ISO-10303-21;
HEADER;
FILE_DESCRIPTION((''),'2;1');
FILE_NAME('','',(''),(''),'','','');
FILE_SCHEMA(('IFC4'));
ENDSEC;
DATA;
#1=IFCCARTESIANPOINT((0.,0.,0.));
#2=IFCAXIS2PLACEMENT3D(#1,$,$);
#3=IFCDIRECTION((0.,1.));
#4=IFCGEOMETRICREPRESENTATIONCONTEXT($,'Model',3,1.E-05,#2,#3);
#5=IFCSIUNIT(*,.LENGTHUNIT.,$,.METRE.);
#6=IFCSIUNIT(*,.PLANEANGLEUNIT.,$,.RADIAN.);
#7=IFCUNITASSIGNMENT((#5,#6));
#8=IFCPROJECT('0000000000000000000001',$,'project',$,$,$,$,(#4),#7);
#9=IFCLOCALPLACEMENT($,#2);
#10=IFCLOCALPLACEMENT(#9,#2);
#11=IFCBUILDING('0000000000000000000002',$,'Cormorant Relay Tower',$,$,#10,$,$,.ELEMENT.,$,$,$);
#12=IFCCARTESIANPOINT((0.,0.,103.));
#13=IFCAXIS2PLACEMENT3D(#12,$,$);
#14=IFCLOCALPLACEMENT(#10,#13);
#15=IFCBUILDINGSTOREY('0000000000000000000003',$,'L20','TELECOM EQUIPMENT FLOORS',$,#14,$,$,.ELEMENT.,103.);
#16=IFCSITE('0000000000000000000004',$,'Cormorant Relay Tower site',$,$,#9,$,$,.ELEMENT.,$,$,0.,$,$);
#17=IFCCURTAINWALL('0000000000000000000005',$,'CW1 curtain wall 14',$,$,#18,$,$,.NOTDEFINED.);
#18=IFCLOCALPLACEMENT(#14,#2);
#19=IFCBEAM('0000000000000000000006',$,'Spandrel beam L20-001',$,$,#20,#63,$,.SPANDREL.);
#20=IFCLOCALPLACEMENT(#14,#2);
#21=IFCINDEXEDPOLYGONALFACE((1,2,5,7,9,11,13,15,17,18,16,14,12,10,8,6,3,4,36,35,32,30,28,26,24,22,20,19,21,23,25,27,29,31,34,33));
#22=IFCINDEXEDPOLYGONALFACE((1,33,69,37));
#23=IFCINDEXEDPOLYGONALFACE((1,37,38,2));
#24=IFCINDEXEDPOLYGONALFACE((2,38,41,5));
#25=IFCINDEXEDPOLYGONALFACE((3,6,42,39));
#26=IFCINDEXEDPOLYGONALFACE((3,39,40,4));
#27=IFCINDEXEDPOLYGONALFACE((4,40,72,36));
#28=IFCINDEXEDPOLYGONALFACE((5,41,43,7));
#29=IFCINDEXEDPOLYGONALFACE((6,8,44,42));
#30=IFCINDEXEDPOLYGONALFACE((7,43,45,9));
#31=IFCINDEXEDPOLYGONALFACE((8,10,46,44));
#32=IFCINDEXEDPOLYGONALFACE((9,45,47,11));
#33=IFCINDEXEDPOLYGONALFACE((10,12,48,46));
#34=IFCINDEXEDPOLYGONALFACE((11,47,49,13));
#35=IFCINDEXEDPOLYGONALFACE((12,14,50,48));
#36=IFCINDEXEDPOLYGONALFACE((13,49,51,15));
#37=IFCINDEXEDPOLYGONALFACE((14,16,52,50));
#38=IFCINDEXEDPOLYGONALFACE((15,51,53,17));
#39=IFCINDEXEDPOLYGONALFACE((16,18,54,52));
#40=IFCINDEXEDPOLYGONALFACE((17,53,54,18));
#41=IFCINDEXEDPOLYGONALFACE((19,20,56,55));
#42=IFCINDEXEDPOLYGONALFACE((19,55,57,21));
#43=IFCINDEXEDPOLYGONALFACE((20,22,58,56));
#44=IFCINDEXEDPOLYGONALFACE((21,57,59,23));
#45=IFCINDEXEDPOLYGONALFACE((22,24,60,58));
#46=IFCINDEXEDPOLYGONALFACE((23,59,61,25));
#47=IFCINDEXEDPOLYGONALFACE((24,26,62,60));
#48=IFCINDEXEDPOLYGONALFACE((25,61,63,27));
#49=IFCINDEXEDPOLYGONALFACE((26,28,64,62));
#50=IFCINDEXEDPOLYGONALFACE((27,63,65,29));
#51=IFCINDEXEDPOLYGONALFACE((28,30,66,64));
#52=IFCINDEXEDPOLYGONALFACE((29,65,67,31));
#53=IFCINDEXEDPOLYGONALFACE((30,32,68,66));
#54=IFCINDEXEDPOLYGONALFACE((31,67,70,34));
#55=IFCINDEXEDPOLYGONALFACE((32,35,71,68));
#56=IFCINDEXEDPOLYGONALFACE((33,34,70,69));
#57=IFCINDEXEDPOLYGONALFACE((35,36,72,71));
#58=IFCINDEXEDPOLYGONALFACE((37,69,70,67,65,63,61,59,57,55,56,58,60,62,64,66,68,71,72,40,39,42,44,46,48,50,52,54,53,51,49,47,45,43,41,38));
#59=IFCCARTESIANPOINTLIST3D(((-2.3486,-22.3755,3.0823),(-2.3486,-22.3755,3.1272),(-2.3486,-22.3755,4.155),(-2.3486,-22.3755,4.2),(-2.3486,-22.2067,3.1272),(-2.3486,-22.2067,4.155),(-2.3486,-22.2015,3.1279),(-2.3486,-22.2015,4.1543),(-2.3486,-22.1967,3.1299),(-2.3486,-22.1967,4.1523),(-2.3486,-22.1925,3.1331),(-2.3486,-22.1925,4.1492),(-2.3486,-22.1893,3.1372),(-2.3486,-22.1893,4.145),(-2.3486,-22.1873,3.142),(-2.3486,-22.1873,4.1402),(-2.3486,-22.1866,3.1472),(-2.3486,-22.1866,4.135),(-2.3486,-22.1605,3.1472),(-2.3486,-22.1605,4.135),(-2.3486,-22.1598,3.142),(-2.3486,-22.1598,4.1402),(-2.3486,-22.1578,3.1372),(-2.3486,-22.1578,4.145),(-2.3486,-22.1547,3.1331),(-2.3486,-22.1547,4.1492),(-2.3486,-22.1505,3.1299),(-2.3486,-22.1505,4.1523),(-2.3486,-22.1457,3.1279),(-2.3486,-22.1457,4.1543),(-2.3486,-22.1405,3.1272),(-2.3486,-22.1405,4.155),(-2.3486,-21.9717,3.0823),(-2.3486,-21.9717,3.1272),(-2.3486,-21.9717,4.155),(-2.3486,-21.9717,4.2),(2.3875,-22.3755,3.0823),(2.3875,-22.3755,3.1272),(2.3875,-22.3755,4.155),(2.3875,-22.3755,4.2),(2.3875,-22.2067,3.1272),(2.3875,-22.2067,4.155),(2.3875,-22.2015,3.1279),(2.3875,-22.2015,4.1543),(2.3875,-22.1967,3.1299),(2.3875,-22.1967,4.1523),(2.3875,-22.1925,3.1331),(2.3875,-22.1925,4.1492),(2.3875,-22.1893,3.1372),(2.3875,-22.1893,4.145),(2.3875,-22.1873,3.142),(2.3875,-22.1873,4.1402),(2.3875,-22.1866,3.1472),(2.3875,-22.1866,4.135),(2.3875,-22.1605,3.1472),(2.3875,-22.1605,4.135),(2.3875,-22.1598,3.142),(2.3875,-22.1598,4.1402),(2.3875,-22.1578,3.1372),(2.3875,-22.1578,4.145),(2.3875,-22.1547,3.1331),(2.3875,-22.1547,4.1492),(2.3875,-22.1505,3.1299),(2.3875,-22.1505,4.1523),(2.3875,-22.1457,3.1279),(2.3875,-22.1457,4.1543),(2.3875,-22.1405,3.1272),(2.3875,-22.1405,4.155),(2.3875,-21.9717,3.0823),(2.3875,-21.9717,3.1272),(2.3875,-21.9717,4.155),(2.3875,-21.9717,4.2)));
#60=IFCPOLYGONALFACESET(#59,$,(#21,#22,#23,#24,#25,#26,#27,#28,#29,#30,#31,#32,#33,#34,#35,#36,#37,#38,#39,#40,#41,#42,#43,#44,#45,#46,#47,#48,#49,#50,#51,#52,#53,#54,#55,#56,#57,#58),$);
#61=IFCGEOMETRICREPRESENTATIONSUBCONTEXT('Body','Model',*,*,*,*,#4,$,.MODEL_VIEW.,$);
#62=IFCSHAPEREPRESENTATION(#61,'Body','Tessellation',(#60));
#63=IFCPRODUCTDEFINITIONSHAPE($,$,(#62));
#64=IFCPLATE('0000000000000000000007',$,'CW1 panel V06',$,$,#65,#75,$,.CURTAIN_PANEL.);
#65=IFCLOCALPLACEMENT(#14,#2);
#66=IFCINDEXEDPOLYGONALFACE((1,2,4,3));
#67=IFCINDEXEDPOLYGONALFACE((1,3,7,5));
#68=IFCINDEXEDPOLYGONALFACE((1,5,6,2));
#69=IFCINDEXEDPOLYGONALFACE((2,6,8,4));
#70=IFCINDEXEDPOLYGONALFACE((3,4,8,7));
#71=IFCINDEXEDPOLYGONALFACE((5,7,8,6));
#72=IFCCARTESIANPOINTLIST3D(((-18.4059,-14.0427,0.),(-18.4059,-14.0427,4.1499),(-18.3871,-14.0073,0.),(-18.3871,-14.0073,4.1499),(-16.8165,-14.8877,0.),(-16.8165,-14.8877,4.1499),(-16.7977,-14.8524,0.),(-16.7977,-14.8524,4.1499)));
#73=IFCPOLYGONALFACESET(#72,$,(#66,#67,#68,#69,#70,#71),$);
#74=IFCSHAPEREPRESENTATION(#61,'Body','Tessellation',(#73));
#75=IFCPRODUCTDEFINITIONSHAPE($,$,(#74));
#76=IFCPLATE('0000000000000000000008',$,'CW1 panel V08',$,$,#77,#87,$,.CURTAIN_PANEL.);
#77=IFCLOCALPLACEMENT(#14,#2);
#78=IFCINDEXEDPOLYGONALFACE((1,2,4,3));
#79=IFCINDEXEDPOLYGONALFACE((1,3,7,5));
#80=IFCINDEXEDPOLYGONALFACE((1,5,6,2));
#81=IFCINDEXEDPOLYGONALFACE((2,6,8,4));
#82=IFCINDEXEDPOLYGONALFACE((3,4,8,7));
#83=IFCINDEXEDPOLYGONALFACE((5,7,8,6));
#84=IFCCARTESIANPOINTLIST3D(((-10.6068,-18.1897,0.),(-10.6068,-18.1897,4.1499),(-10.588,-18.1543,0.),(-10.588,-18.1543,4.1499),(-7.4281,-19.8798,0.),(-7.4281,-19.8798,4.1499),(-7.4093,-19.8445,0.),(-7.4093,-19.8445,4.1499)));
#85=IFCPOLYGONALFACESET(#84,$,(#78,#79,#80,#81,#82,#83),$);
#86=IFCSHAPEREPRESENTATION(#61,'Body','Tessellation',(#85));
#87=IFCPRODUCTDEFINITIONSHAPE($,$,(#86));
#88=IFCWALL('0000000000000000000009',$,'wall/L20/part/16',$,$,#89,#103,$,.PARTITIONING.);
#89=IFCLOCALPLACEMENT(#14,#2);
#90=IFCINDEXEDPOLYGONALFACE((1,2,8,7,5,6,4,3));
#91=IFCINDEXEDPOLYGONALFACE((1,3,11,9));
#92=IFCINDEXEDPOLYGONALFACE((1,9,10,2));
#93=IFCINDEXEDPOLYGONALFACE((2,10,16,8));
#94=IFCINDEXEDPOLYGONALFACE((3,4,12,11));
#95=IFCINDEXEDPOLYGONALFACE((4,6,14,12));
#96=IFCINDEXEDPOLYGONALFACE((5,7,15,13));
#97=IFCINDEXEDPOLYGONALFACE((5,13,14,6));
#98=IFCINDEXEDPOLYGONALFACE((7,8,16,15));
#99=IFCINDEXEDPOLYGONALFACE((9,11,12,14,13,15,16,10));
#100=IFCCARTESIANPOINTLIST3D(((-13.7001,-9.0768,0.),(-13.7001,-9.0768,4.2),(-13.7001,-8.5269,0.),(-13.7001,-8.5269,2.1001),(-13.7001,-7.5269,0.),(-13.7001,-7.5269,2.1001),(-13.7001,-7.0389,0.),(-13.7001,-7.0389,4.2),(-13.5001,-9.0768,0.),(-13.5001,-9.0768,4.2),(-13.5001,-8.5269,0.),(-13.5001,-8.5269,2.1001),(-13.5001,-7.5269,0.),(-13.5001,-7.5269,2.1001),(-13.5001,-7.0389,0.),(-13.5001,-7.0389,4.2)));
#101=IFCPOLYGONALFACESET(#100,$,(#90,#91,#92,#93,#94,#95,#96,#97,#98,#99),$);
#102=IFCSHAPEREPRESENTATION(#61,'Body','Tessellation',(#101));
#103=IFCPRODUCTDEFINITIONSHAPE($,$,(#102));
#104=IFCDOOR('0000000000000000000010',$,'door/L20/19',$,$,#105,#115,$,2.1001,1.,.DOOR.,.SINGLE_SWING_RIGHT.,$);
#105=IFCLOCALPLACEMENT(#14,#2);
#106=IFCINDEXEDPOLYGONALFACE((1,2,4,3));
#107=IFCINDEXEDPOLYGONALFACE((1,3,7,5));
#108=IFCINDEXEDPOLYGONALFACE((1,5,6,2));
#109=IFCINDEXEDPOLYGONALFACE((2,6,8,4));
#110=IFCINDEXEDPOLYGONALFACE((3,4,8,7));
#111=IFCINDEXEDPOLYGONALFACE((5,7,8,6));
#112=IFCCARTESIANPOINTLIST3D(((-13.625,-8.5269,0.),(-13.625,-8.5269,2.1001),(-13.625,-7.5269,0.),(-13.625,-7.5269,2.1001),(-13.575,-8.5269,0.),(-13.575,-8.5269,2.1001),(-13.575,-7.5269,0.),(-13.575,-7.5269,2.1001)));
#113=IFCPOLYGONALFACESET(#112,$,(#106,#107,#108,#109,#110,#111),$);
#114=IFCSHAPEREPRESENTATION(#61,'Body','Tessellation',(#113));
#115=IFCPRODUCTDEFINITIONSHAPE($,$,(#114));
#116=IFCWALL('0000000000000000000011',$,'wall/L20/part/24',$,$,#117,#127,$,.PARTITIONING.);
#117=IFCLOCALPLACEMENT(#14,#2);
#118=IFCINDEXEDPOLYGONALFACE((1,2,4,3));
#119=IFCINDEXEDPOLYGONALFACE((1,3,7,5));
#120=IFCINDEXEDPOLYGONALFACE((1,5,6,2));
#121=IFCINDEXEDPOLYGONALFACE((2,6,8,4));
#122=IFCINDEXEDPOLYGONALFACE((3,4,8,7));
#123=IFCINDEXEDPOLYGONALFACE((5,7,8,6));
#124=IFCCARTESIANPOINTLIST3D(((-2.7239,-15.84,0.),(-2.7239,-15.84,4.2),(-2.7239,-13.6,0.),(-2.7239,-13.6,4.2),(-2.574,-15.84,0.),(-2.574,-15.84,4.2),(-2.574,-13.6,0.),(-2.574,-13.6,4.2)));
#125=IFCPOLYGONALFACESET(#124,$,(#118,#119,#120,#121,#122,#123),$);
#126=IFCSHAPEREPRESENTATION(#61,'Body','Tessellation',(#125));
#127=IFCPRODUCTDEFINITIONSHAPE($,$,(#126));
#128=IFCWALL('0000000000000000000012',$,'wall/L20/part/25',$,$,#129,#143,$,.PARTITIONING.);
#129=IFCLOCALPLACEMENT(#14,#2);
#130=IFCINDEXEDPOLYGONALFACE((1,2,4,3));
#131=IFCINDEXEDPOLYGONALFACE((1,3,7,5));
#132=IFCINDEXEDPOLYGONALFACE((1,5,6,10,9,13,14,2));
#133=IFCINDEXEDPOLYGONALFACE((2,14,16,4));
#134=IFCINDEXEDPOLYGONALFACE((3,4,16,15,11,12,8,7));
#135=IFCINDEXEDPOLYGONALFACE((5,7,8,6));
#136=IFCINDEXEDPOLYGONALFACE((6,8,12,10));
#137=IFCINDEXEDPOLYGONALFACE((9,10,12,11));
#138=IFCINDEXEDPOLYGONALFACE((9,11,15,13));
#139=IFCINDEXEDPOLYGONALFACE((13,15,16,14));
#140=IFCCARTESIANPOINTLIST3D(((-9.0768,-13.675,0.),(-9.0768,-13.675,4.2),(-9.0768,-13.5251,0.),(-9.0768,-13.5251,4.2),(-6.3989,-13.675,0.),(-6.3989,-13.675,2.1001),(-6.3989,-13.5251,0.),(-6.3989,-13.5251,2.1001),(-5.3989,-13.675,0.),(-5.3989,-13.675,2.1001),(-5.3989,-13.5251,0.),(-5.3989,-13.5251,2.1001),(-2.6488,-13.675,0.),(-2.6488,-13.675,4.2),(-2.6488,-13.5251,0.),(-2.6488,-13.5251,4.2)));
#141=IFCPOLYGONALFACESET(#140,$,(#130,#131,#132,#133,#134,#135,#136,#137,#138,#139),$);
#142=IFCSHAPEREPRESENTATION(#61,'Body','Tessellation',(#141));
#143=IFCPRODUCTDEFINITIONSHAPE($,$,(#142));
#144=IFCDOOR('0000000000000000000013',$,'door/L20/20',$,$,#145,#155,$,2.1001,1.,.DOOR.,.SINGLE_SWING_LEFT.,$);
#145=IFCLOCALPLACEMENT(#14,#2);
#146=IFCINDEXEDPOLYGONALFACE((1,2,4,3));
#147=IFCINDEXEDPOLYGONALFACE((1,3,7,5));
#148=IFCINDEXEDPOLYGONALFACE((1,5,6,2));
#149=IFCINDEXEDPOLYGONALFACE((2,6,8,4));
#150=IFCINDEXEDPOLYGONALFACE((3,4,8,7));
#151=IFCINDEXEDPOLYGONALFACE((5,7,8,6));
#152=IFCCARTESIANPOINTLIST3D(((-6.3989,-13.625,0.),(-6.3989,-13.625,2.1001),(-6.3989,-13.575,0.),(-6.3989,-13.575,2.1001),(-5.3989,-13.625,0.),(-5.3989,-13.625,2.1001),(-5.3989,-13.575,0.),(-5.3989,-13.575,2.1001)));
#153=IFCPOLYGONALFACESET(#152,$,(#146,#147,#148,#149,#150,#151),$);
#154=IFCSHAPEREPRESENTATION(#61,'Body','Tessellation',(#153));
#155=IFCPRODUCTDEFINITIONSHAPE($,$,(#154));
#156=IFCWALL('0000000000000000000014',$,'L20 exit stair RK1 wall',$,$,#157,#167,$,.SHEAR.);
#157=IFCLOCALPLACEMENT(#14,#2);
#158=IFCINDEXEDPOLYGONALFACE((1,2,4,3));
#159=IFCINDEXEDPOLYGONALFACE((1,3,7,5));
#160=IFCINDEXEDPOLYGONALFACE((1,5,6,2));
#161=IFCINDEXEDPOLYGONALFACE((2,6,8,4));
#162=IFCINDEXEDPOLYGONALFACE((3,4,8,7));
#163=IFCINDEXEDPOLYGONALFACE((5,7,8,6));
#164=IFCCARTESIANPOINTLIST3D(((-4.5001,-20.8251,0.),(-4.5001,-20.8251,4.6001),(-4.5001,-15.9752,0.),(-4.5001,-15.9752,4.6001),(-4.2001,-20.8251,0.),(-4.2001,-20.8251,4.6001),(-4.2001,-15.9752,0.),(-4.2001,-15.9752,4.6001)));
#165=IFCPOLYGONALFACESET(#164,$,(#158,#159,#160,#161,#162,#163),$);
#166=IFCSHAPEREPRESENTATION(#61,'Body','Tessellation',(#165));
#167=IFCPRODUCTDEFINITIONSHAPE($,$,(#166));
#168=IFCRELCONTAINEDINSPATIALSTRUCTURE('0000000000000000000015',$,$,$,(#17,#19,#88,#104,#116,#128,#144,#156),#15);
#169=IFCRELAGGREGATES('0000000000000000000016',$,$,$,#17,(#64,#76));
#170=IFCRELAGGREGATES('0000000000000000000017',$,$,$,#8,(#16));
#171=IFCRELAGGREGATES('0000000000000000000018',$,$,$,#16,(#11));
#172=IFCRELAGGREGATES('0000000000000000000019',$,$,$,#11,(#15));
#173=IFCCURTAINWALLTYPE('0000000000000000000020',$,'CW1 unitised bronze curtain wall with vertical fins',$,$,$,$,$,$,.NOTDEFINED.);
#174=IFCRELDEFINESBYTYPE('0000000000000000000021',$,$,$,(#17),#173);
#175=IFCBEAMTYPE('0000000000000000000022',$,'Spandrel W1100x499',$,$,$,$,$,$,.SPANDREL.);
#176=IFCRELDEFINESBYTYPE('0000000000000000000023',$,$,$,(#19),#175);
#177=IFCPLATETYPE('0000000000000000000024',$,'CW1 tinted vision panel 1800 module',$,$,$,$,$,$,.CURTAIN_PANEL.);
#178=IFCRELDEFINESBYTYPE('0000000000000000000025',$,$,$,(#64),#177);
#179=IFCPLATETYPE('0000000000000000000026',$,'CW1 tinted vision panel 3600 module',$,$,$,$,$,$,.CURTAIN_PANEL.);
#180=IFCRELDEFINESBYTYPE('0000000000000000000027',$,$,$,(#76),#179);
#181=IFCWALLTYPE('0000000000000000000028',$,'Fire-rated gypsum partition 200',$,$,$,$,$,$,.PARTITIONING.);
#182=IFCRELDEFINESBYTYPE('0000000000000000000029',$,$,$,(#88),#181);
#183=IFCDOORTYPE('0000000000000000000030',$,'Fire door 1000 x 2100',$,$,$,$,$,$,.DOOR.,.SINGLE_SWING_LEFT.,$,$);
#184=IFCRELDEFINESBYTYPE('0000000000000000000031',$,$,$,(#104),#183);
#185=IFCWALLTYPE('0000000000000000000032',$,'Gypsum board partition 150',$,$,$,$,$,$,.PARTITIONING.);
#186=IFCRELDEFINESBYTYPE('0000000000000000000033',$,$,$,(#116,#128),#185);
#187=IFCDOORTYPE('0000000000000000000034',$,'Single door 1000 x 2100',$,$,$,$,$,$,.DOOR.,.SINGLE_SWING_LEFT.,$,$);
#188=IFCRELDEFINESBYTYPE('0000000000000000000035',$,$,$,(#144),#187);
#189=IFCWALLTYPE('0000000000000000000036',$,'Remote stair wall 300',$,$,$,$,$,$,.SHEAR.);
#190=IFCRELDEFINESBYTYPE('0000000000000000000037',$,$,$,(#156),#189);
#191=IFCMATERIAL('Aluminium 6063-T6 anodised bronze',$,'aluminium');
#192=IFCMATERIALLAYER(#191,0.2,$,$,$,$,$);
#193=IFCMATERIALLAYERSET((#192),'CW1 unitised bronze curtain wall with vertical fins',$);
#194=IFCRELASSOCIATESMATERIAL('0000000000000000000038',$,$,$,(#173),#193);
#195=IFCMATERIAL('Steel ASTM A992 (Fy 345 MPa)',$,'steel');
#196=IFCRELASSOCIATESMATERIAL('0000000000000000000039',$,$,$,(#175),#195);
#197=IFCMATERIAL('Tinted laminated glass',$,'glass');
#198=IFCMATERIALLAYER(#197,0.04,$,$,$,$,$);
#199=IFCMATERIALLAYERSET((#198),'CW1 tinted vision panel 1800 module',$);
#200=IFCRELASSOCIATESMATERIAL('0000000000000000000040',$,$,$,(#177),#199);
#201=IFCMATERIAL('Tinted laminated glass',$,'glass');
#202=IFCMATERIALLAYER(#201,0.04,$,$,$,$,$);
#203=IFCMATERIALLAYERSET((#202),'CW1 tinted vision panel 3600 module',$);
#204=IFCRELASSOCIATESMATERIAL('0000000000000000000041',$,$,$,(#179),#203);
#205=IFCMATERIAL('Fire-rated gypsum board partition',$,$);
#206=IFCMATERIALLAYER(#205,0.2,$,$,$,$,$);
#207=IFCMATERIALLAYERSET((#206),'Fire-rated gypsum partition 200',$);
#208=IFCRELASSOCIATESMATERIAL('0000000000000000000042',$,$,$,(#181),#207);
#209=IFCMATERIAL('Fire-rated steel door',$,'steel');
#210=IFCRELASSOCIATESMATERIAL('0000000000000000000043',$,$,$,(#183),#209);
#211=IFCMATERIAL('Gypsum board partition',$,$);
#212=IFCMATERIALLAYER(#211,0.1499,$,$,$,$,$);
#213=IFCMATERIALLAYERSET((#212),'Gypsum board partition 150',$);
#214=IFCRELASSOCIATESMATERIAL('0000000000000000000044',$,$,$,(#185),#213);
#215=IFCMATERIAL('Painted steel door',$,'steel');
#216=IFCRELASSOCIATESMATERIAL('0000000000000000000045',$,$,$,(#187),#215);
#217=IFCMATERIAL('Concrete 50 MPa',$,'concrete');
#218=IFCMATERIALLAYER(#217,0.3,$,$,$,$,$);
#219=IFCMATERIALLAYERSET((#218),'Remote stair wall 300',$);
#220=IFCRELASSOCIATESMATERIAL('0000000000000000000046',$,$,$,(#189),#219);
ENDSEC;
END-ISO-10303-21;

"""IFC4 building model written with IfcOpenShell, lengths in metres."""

from ifc_helpers import new_model, si_unit, direction, frame, frame_2d, origin, origin_2d, place, context, subcontext, project, spatial, rectangle, i_section, extrude, material, layer, layer_set, material_profile, profile_set, type_object, element, fill, aggregate, save


model = new_model("IFC4")

# Units and contexts
model_context = context("Model", 3, precision=1e-05, world=origin(), true_north=direction((0.0, 1.0)))
body_context = subcontext(model_context, "Body", "Model", "MODEL_VIEW")
ifc_project = project(units=[si_unit("LENGTHUNIT", "METRE"), si_unit("PLANEANGLEUNIT", "RADIAN")], contexts=[model_context])

# Site, building, storey
site_placement = place(None, origin())
site = spatial("IfcSite", under=ifc_project, at=site_placement, Name="Cormorant Relay Tower site", CompositionType="ELEMENT", RefElevation=0.0)
building_placement = place(site_placement, origin())
building = spatial("IfcBuilding", under=site, at=building_placement, Name="Cormorant Relay Tower", CompositionType="ELEMENT")
storey_placement = place(building_placement, frame((0.0, 0.0, 103.0)))
storey = spatial("IfcBuildingStorey", under=building, at=storey_placement, Name="L20", Description="TELECOM EQUIPMENT FLOORS", CompositionType="ELEMENT", Elevation=103.0)

# Shared definitions
ifc_material_1 = material(Name="Aluminium 6063-T6 anodised bronze", Category="aluminium")
ifc_layer_1 = layer(ifc_material_1, 0.2)
ifc_layer_set_1 = layer_set([ifc_layer_1], Name="CW1 unitised bronze curtain wall with vertical fins")
curtain_wall_type = type_object("IfcCurtainWallType", Name="CW1 unitised bronze curtain wall with vertical fins", PredefinedType="NOTDEFINED", material=ifc_layer_set_1)

# Curtain wall
curtain_wall_1_placement = place(storey_placement, origin())
curtain_wall_1 = element("IfcCurtainWall", 1, at=curtain_wall_1_placement, inside=storey, type_object=curtain_wall_type, Name="CW1 curtain wall 14", PredefinedType="NOTDEFINED")

# Beam
ifc_material_2 = material(Name="Steel ASTM A992 (Fy 345 MPa)", Category="steel")
ifc_material_profile_1 = material_profile(ifc_material_2, i_section(OverallWidth=0.4038, OverallDepth=1.1177, WebThickness=0.0261, FlangeThickness=0.0449, FilletRadius=0.02, at=origin_2d()), Name="W1100x499")
ifc_profile_set_1 = profile_set([ifc_material_profile_1], Name="Steel ASTM A992 (Fy 345 MPa)")
beam_type = type_object("IfcBeamType", Name="Spandrel W1100x499", PredefinedType="SPANDREL", material=ifc_profile_set_1)
beam_placement = place(storey_placement, frame((-2.3486, -22.1736, 3.6411), z_axis=(1.0, 0.0, 0.0), x_axis=(0.0, 1.0, 0.0)))
element("IfcBeam", 2, at=beam_placement, inside=storey, type_object=beam_type, Name="Spandrel beam L20-001", PredefinedType="SPANDREL", context=body_context, shape_type="SweptSolid", body=[
    extrude(i_section(OverallWidth=0.4038, OverallDepth=1.1177, WebThickness=0.0261, FlangeThickness=0.0449, FilletRadius=0.02, at=origin_2d()), origin(), (0.0, 0.0, 1.0), 4.7361),
])

# Plates
ifc_material_3 = material(Name="Tinted laminated glass", Category="glass")
ifc_layer_2 = layer(ifc_material_3, 0.04)
ifc_layer_set_2 = layer_set([ifc_layer_2], Name="CW1 tinted vision panel 1800 module")
plate_type_1 = type_object("IfcPlateType", Name="CW1 tinted vision panel 1800 module", PredefinedType="CURTAIN_PANEL", material=ifc_layer_set_2)
plate_1_placement = place(storey_placement, frame((-17.6018, -14.4475, 0.0), z_axis=(0.0, 0.0, 1.0), x_axis=(0.882948, -0.469472, 0.0)))
plate_1 = element("IfcPlate", 3, at=plate_1_placement, type_object=plate_type_1, Name="CW1 panel V06", PredefinedType="CURTAIN_PANEL", context=body_context, shape_type="SweptSolid", body=[
    extrude(rectangle(XDim=1.8, YDim=0.04, at=origin_2d()), origin(), (0.0, 0.0, 1.0), 4.1499),
])
ifc_material_4 = material(Name="Tinted laminated glass", Category="glass")
ifc_layer_3 = layer(ifc_material_4, 0.04)
ifc_layer_set_3 = layer_set([ifc_layer_3], Name="CW1 tinted vision panel 3600 module")
plate_type_2 = type_object("IfcPlateType", Name="CW1 tinted vision panel 3600 module", PredefinedType="CURTAIN_PANEL", material=ifc_layer_set_3)
plate_2_placement = place(storey_placement, frame((-9.0081, -19.0171, 0.0), z_axis=(0.0, 0.0, 1.0), x_axis=(0.882948, -0.469472, 0.0)))
plate_2 = element("IfcPlate", 4, at=plate_2_placement, type_object=plate_type_2, Name="CW1 panel V08", PredefinedType="CURTAIN_PANEL", context=body_context, shape_type="SweptSolid", body=[
    extrude(rectangle(XDim=3.6001, YDim=0.04, at=origin_2d()), origin(), (0.0, 0.0, 1.0), 4.1499),
])

# Wall, opening, door
ifc_material_5 = material(Name="Fire-rated gypsum board partition")
ifc_layer_4 = layer(ifc_material_5, 0.2)
ifc_layer_set_4 = layer_set([ifc_layer_4], Name="Fire-rated gypsum partition 200")
wall_type_1 = type_object("IfcWallType", Name="Fire-rated gypsum partition 200", PredefinedType="PARTITIONING", material=ifc_layer_set_4)
wall_1_placement = place(storey_placement, frame((-13.6001, -9.0769, 0.0), z_axis=(0.0, 0.0, 1.0), x_axis=(0.0, 1.0, 0.0)))
wall_1 = element("IfcWall", 5, at=wall_1_placement, inside=storey, type_object=wall_type_1, Name="wall/L20/part/16", PredefinedType="PARTITIONING", context=body_context, shape_type="SweptSolid", body=[
    extrude(rectangle(XDim=2.0378, YDim=0.2, at=frame_2d((1.019, 0.0))), origin(), (0.0, 0.0, 1.0), 4.2),
])
opening_1_placement = place(wall_1_placement, frame((0.55, 0.0, 0.0)))
opening_1 = element("IfcOpeningElement", 6, at=opening_1_placement, cuts=wall_1, PredefinedType="OPENING", context=body_context, shape_type="SweptSolid", body=[
    extrude(rectangle(XDim=1.0, YDim=2.1001, at=frame_2d((0.5, 1.05))), frame((0.0, 0.1099, 0.0), z_axis=(0.0, -1.0, 0.0), x_axis=(1.0, 0.0, 0.0)), (0.0, 0.0, 1.0), 0.22),
])
ifc_material_6 = material(Name="Fire-rated steel door", Category="steel")
door_type_1 = type_object("IfcDoorType", Name="Fire door 1000 x 2100", OperationType="SINGLE_SWING_LEFT", PredefinedType="DOOR", material=ifc_material_6)
door_1_placement = place(opening_1_placement, origin())
door_1 = element("IfcDoor", 7, at=door_1_placement, inside=storey, type_object=door_type_1, Name="door/L20/19", OperationType="SINGLE_SWING_RIGHT", OverallHeight=2.1001, OverallWidth=1.0, PredefinedType="DOOR", context=body_context, shape_type="SweptSolid", body=[
    extrude(rectangle(XDim=1.0, YDim=2.1001, at=frame_2d((0.5, 1.05))), frame((0.0, 0.0249, 0.0), z_axis=(0.0, -1.0, 0.0), x_axis=(1.0, 0.0, 0.0)), (0.0, 0.0, 1.0), 0.05),
])
fill(opening_1, door_1)

# Wall
ifc_material_7 = material(Name="Gypsum board partition")
ifc_layer_5 = layer(ifc_material_7, 0.1499)
ifc_layer_set_5 = layer_set([ifc_layer_5], Name="Gypsum board partition 150")
wall_type_2 = type_object("IfcWallType", Name="Gypsum board partition 150", PredefinedType="PARTITIONING", material=ifc_layer_set_5)
wall_2_placement = place(storey_placement, frame((-2.6489, -15.8401, 0.0), z_axis=(0.0, 0.0, 1.0), x_axis=(0.0, 1.0, 0.0)))
element("IfcWall", 8, at=wall_2_placement, inside=storey, type_object=wall_type_2, Name="wall/L20/part/24", PredefinedType="PARTITIONING", context=body_context, shape_type="SweptSolid", body=[
    extrude(rectangle(XDim=2.24, YDim=0.1499, at=frame_2d((1.1201, 0.0))), origin(), (0.0, 0.0, 1.0), 4.2),
])

# Wall, opening, door
wall_3_placement = place(storey_placement, frame((-2.6489, -13.6001, 0.0), z_axis=(0.0, 0.0, 1.0), x_axis=(-1.0, 0.0, 0.0)))
wall_3 = element("IfcWall", 9, at=wall_3_placement, inside=storey, type_object=wall_type_2, Name="wall/L20/part/25", PredefinedType="PARTITIONING", context=body_context, shape_type="SweptSolid", body=[
    extrude(rectangle(XDim=6.428, YDim=0.1499, at=frame_2d((3.2139, 0.0))), origin(), (0.0, 0.0, 1.0), 4.2),
])
opening_2_placement = place(wall_3_placement, frame((2.75, 0.0, 0.0)))
opening_2 = element("IfcOpeningElement", 10, at=opening_2_placement, cuts=wall_3, PredefinedType="OPENING", context=body_context, shape_type="SweptSolid", body=[
    extrude(rectangle(XDim=1.0, YDim=2.1001, at=frame_2d((0.5, 1.05))), frame((0.0, 0.085, 0.0), z_axis=(0.0, -1.0, 0.0), x_axis=(1.0, 0.0, 0.0)), (0.0, 0.0, 1.0), 0.1699),
])
ifc_material_8 = material(Name="Painted steel door", Category="steel")
door_type_2 = type_object("IfcDoorType", Name="Single door 1000 x 2100", OperationType="SINGLE_SWING_LEFT", PredefinedType="DOOR", material=ifc_material_8)
door_2_placement = place(opening_2_placement, origin())
door_2 = element("IfcDoor", 11, at=door_2_placement, inside=storey, type_object=door_type_2, Name="door/L20/20", OperationType="SINGLE_SWING_LEFT", OverallHeight=2.1001, OverallWidth=1.0, PredefinedType="DOOR", context=body_context, shape_type="SweptSolid", body=[
    extrude(rectangle(XDim=1.0, YDim=2.1001, at=frame_2d((0.5, 1.05))), frame((0.0, 0.0249, 0.0), z_axis=(0.0, -1.0, 0.0), x_axis=(1.0, 0.0, 0.0)), (0.0, 0.0, 1.0), 0.05),
])
fill(opening_2, door_2)

# Wall
ifc_material_9 = material(Name="Concrete 50 MPa", Category="concrete")
ifc_layer_6 = layer(ifc_material_9, 0.3)
ifc_layer_set_6 = layer_set([ifc_layer_6], Name="Remote stair wall 300")
wall_type_3 = type_object("IfcWallType", Name="Remote stair wall 300", PredefinedType="SHEAR", material=ifc_layer_set_6)
wall_4_placement = place(storey_placement, frame((-4.3501, -20.825, 0.0), z_axis=(0.0, 0.0, 1.0), x_axis=(0.0, 1.0, 0.0)))
element("IfcWall", 12, at=wall_4_placement, inside=storey, type_object=wall_type_3, Name="L20 exit stair RK1 wall", PredefinedType="SHEAR", context=body_context, shape_type="SweptSolid", body=[
    extrude(rectangle(XDim=4.8499, YDim=0.3, at=frame_2d((2.4248, 0.0))), origin(), (0.0, 0.0, 1.0), 4.6001),
])

aggregate(curtain_wall_1, [plate_1, plate_2])

save(model, "model.ifc")
